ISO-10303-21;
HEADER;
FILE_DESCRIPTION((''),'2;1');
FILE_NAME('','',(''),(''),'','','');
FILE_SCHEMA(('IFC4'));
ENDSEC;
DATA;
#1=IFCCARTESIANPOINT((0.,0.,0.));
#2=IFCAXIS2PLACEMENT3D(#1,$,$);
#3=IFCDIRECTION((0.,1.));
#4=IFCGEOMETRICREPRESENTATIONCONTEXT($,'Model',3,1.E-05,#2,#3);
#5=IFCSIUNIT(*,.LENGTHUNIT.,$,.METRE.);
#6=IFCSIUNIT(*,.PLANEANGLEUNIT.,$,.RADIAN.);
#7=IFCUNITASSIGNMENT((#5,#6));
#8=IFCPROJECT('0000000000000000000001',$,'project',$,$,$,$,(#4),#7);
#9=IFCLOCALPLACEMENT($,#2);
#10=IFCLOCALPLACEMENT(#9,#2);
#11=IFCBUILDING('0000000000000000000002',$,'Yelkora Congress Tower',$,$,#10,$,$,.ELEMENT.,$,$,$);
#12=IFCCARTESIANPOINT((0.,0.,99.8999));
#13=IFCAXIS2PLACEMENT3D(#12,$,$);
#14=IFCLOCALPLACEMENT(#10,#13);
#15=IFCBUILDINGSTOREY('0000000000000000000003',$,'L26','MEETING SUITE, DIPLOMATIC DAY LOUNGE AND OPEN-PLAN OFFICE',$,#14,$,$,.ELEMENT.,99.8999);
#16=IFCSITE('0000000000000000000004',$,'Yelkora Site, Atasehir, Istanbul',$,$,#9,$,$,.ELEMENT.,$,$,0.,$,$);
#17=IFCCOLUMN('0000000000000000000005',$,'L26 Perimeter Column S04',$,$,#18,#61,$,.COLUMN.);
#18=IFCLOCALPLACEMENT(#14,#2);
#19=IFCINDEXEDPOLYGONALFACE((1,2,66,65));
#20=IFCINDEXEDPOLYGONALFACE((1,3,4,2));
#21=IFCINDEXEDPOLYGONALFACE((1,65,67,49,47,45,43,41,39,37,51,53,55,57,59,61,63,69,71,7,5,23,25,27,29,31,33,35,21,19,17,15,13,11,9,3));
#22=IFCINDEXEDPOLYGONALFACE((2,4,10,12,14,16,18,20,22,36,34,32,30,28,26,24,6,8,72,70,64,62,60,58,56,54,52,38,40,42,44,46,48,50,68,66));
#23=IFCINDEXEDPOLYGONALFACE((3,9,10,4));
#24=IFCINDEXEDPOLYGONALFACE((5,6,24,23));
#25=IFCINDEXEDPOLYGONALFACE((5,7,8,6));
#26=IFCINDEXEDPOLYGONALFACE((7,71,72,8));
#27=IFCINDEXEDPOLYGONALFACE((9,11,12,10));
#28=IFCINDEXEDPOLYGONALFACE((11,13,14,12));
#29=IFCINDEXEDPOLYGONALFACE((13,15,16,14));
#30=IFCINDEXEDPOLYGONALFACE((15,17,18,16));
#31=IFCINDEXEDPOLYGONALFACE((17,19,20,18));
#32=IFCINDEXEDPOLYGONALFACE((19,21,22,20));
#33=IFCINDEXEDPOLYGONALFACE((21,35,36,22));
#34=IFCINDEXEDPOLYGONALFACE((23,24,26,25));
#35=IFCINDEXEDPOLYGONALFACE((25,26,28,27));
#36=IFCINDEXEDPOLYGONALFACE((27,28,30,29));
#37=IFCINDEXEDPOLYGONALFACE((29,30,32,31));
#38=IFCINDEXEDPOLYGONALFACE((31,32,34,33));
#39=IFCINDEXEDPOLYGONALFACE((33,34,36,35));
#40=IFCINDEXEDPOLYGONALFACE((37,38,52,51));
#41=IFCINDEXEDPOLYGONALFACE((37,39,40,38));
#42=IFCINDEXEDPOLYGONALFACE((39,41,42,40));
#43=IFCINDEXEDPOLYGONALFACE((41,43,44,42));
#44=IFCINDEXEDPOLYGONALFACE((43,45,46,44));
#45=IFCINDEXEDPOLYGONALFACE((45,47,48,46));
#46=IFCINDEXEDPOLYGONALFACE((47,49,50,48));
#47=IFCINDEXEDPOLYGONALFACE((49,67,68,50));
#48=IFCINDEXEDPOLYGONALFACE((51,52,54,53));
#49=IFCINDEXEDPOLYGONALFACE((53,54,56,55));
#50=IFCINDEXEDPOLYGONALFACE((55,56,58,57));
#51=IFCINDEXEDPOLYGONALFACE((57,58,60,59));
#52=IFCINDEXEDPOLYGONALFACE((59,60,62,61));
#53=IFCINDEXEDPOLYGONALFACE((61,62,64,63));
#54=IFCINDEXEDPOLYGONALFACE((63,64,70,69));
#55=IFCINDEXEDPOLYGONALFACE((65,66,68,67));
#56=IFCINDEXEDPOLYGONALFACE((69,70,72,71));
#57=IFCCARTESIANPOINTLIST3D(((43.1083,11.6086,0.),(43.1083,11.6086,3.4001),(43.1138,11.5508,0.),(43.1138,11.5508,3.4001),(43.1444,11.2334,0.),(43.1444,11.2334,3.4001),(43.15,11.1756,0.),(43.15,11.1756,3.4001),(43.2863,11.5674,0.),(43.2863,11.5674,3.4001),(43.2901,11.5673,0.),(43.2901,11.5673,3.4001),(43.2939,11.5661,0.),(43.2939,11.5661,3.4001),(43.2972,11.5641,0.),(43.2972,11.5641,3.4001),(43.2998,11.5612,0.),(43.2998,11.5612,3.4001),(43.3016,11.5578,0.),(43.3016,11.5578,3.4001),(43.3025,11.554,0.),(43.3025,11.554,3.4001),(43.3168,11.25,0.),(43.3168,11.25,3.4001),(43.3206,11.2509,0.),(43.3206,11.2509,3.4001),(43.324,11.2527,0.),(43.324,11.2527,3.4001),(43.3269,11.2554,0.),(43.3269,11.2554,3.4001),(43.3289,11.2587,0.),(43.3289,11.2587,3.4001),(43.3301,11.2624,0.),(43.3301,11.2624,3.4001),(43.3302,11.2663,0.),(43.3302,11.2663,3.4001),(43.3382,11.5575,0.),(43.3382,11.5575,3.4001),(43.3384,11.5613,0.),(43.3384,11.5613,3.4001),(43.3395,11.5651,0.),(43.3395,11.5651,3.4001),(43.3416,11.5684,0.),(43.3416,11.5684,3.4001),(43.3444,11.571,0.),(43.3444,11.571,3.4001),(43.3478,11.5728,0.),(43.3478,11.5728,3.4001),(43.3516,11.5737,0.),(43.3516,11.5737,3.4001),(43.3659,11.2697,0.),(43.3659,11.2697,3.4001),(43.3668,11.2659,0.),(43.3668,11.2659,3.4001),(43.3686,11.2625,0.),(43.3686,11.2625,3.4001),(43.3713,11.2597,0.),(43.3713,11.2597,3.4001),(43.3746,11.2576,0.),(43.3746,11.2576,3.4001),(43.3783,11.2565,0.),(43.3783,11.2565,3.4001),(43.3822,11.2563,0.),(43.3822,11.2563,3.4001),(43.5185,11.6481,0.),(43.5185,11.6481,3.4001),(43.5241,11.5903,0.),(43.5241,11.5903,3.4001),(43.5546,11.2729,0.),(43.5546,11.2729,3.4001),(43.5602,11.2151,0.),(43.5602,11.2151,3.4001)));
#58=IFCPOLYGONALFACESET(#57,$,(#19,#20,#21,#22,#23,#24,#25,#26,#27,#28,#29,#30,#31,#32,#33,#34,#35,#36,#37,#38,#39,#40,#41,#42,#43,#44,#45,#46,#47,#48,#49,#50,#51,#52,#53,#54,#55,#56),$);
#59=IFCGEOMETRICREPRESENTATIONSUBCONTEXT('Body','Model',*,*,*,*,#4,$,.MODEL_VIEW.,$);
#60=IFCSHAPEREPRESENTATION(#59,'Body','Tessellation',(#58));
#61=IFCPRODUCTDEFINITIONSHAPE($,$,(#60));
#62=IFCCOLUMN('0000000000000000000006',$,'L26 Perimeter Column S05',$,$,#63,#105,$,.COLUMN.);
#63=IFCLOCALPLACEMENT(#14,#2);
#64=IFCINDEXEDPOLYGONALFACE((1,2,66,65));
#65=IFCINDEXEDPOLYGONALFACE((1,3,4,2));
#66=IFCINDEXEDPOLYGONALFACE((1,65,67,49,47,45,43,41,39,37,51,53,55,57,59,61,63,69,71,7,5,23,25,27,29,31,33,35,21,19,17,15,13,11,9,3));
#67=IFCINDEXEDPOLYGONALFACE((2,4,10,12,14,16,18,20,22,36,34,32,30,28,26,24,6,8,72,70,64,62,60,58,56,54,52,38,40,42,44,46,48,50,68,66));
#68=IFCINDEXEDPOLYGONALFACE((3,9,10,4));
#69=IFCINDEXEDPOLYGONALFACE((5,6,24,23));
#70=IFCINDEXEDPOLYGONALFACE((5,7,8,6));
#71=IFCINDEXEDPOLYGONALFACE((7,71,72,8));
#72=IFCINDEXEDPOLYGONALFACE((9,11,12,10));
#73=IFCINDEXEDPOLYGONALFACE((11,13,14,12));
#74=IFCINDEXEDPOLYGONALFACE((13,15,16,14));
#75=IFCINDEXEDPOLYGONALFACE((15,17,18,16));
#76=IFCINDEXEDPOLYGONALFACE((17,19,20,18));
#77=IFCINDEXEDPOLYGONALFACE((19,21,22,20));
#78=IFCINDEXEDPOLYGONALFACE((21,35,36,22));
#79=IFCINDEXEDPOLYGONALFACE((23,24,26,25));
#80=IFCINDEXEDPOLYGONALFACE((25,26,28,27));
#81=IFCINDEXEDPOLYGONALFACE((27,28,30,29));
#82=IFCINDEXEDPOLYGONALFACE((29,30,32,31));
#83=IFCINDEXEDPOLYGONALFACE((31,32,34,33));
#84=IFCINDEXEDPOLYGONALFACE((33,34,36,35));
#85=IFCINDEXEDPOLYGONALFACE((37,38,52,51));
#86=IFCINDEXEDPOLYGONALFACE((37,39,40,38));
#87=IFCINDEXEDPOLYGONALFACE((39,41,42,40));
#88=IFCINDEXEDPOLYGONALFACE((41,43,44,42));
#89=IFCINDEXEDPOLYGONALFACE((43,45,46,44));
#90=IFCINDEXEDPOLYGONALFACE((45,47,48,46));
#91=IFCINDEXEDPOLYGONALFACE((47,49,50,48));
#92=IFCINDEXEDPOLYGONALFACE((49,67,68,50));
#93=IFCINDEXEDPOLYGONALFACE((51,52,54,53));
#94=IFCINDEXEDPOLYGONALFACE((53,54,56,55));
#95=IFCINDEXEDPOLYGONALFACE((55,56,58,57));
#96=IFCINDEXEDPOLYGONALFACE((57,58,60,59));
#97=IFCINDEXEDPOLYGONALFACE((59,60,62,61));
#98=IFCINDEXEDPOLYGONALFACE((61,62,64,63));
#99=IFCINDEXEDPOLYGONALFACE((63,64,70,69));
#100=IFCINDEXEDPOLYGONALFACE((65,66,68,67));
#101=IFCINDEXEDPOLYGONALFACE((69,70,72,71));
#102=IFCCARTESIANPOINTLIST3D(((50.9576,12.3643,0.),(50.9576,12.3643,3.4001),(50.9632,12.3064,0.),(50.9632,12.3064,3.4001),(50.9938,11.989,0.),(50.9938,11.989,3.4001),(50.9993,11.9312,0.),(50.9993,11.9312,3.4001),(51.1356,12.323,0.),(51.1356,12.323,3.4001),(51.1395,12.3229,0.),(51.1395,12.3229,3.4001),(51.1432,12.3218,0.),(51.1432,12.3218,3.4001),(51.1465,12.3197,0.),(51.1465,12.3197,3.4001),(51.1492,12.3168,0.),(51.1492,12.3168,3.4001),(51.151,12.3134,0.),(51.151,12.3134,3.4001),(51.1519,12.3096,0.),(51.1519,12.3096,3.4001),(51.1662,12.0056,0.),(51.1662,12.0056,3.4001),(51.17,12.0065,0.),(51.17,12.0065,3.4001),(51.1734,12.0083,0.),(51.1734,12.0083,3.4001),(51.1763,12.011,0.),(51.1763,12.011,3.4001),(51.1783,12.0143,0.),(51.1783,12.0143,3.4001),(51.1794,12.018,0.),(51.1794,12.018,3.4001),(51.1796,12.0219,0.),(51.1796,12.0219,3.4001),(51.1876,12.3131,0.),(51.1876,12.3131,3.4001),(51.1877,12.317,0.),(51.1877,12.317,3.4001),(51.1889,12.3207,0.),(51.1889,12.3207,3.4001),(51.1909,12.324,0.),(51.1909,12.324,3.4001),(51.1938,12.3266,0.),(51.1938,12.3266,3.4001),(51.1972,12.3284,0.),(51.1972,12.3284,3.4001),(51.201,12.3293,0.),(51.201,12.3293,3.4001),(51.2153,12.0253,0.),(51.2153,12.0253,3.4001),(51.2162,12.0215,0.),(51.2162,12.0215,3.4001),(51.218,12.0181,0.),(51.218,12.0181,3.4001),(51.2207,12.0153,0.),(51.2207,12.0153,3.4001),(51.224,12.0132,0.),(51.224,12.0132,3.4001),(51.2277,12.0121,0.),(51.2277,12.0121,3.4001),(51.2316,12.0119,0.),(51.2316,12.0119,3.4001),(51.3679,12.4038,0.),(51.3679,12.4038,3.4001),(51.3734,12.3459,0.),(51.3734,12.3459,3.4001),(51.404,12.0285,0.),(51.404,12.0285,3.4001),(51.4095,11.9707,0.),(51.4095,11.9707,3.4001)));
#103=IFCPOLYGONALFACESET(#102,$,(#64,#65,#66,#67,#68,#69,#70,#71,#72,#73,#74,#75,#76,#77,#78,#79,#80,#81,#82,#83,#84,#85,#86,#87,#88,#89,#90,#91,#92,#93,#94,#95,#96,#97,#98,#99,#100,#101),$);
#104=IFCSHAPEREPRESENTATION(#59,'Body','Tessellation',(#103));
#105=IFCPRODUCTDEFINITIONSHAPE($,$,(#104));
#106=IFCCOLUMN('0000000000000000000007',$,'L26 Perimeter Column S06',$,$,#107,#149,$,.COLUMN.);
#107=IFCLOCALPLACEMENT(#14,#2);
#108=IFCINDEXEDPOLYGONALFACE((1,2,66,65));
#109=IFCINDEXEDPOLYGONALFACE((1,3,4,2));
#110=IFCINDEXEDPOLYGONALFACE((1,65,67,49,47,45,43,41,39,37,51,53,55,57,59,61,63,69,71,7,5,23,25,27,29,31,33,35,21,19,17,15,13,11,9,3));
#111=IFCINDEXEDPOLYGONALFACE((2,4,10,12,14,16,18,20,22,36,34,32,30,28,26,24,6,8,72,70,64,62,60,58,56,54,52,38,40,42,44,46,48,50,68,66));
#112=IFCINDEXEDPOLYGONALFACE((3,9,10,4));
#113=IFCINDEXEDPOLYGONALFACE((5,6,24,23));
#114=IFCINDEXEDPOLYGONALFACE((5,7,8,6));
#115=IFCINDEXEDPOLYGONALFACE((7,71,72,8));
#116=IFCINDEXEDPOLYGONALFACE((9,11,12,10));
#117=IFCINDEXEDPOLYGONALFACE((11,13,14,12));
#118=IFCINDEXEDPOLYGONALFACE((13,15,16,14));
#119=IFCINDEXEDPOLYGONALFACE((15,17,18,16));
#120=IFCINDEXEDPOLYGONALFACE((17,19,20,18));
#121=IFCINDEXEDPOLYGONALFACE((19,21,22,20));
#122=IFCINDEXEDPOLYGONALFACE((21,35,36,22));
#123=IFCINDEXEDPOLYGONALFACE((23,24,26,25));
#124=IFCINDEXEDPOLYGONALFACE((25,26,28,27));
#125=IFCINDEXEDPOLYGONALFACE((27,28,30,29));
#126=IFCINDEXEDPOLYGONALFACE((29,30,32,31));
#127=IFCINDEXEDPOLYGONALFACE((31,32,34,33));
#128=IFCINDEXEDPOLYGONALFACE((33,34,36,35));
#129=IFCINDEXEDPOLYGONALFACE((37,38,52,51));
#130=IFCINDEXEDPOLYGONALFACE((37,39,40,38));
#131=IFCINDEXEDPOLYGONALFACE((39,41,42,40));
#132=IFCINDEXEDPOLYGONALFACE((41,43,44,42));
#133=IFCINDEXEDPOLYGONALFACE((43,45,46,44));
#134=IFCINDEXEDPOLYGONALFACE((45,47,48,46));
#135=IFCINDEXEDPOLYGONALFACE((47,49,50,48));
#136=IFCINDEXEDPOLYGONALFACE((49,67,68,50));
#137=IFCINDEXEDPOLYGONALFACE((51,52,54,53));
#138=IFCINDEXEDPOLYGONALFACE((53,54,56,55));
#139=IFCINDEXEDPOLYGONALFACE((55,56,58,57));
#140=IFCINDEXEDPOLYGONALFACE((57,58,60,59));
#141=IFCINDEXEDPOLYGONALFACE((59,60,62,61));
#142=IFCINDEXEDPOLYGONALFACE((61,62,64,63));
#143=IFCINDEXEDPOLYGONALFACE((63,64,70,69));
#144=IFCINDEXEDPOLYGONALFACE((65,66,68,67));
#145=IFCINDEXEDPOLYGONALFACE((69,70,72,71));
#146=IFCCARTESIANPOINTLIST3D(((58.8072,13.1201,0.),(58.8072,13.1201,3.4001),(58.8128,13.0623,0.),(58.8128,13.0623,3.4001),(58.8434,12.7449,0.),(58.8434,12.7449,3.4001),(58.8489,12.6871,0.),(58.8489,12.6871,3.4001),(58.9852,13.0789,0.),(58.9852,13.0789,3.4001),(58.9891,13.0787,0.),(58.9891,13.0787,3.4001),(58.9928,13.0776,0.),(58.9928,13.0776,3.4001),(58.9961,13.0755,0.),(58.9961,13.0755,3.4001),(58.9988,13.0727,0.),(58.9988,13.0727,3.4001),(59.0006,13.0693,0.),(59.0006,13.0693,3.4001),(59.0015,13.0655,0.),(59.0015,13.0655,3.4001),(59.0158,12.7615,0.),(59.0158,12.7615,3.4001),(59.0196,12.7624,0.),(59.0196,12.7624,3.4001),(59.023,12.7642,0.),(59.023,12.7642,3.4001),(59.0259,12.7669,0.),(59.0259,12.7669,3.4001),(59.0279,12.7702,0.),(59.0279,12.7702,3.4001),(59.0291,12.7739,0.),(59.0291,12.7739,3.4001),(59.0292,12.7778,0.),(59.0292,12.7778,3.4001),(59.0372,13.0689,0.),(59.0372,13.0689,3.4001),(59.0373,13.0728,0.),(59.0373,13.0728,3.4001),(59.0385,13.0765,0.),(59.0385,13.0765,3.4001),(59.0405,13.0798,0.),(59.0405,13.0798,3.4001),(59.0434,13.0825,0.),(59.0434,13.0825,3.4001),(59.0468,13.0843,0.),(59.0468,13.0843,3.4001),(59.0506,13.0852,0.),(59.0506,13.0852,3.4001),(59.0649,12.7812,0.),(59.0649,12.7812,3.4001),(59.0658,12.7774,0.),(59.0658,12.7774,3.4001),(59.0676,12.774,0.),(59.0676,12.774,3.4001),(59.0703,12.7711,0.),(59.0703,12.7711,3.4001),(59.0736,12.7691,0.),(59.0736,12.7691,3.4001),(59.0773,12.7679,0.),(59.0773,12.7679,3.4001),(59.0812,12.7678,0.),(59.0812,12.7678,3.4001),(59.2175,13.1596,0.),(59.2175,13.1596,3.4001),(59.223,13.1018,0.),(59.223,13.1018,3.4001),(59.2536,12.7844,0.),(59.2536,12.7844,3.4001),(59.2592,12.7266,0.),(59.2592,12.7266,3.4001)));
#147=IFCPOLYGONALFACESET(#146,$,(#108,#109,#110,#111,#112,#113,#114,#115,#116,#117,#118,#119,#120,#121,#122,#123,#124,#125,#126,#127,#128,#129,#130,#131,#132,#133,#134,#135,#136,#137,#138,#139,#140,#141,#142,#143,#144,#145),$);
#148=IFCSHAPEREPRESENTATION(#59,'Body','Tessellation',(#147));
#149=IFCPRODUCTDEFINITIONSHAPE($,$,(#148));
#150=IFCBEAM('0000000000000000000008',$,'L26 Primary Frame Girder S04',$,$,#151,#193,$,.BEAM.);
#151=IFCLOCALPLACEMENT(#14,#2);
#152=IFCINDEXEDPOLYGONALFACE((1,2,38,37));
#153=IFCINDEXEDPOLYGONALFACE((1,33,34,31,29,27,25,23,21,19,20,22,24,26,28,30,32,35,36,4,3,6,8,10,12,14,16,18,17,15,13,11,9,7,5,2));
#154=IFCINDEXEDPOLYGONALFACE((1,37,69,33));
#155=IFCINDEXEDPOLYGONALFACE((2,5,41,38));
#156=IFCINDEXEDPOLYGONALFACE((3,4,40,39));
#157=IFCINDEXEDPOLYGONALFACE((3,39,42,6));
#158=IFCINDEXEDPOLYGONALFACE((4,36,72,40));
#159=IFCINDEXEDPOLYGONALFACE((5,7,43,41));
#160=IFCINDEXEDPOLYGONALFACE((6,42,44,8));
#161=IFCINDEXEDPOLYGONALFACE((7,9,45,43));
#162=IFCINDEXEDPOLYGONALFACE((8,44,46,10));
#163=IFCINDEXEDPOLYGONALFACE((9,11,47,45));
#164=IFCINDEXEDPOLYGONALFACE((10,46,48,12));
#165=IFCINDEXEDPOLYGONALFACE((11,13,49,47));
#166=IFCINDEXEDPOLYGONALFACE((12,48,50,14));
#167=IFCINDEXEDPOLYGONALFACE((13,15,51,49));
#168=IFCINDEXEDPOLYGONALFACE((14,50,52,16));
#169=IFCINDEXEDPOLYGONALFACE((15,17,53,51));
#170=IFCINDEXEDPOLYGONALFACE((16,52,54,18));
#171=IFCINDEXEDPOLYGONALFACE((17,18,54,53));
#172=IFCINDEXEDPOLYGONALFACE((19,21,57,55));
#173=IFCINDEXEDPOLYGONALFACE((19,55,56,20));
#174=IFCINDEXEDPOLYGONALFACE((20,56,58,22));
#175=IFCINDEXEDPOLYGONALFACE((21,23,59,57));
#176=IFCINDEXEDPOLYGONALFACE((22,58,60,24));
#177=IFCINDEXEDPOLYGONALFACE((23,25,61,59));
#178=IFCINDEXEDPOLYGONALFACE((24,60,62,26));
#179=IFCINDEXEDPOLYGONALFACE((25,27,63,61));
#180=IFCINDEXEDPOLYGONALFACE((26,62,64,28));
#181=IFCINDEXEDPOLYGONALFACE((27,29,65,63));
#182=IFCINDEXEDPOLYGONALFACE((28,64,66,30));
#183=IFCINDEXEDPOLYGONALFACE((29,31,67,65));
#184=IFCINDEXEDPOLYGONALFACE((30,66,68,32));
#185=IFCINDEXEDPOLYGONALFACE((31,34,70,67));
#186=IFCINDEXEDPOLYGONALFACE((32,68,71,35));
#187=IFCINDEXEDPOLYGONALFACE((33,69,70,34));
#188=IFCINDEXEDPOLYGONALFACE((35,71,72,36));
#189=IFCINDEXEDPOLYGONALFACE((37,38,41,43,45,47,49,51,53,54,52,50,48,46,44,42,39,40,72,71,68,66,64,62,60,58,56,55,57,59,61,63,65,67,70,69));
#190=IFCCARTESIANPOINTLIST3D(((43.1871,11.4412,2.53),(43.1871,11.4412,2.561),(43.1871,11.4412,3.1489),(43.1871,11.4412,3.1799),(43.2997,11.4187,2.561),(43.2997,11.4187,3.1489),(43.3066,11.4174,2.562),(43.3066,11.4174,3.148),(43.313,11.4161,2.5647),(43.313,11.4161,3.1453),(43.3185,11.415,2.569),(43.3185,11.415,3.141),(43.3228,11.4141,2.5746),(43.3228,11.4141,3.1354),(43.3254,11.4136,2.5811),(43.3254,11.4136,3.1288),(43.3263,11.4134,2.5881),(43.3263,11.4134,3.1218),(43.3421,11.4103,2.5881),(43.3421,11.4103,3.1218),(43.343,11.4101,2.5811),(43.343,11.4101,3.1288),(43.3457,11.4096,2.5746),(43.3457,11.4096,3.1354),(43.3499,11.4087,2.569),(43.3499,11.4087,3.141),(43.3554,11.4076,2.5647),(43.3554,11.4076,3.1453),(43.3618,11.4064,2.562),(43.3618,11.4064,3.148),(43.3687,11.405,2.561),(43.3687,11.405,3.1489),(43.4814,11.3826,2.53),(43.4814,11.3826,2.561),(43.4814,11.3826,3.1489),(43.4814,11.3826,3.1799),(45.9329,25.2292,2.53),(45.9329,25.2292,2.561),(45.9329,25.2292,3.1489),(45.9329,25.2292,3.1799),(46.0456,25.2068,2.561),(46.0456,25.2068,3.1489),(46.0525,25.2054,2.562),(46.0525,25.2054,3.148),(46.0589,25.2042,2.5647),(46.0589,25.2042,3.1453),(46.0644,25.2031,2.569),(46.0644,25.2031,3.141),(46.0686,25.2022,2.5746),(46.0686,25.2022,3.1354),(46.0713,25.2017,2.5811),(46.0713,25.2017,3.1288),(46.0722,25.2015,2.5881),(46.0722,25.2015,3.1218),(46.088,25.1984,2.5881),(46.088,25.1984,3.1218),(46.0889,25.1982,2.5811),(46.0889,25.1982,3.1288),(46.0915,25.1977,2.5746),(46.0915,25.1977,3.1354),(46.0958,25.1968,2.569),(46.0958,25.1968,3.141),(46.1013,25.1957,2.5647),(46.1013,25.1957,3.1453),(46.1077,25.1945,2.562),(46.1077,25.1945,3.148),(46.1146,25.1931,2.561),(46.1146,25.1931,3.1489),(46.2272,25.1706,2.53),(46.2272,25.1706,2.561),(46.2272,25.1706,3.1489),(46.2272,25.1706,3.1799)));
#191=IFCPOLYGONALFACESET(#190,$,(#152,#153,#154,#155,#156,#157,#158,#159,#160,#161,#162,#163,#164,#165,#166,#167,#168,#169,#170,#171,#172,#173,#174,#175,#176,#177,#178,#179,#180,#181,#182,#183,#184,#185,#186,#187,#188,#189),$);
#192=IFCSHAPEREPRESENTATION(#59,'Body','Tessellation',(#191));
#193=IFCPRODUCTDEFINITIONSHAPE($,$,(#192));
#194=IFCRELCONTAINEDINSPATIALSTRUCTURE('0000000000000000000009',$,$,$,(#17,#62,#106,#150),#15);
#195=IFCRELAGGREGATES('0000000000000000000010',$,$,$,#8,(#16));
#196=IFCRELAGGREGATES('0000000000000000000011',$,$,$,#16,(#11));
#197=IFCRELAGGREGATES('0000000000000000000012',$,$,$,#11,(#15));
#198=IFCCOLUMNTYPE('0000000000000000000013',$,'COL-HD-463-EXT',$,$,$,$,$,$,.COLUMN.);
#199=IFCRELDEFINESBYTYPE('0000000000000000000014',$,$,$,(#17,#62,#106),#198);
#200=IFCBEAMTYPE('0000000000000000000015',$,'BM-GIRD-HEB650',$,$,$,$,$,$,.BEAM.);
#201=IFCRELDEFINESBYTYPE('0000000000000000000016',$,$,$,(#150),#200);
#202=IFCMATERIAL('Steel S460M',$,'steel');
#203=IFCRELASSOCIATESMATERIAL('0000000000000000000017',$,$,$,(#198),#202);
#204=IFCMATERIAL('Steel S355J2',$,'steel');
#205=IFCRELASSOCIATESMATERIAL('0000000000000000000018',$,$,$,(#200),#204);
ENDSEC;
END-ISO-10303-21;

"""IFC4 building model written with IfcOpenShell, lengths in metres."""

from ifc_helpers import new_model, si_unit, direction, frame, origin, origin_2d, place, context, subcontext, project, spatial, i_section, extrude, material, material_profile, profile_set, type_object, element, save


model = new_model("IFC4")

# Units and contexts
model_context = context("Model", 3, precision=1e-05, world=origin(), true_north=direction((0.0, 1.0)))
body_context = subcontext(model_context, "Body", "Model", "MODEL_VIEW")
ifc_project = project(units=[si_unit("LENGTHUNIT", "METRE"), si_unit("PLANEANGLEUNIT", "RADIAN")], contexts=[model_context])

# Site, building, storey
site_placement = place(None, origin())
site = spatial("IfcSite", under=ifc_project, at=site_placement, Name="Yelkora Site, Atasehir, Istanbul", CompositionType="ELEMENT", RefElevation=0.0)
building_placement = place(site_placement, origin())
building = spatial("IfcBuilding", under=site, at=building_placement, Name="Yelkora Congress Tower", CompositionType="ELEMENT")
storey_placement = place(building_placement, frame((0.0, 0.0, 99.8999)))
storey = spatial("IfcBuildingStorey", under=building, at=storey_placement, Name="L26", Description="MEETING SUITE, DIPLOMATIC DAY LOUNGE AND OPEN-PLAN OFFICE", CompositionType="ELEMENT", Elevation=99.8999)

# Columns
ifc_material_1 = material(Name="Steel S460M", Category="steel")
ifc_material_profile_1 = material_profile(ifc_material_1, i_section(OverallWidth=0.4121, OverallDepth=0.4351, WebThickness=0.0359, FlangeThickness=0.0581, FilletRadius=0.0149, at=origin_2d()), Name="HD 400x463")
ifc_profile_set_1 = profile_set([ifc_material_profile_1], Name="Steel S460M")
column_type = type_object("IfcColumnType", Name="COL-HD-463-EXT", PredefinedType="COLUMN", material=ifc_profile_set_1)
for number, where, z_axis, x_axis, name in (
    (1, (43.3342, 11.4119, 0.0), (0.0, 0.0, 1.0), (0.995396, 0.095846, 0.0), "L26 Perimeter Column S04"),
    (2, (51.1836, 12.1675, 0.0), (0.0, 0.0, 1.0), (0.995396, 0.095846, 0.0), "L26 Perimeter Column S05"),
    (3, (59.0332, 12.9233, 0.0), (0.0, 0.0, 1.0), (0.995396, 0.095846, 0.0), "L26 Perimeter Column S06"),
):
    element("IfcColumn", number, at=place(storey_placement, frame(where, z_axis=z_axis, x_axis=x_axis)), inside=storey, type_object=column_type, Name=name, PredefinedType="COLUMN", context=body_context, shape_type="SweptSolid", body=[
        extrude(i_section(OverallWidth=0.4121, OverallDepth=0.4351, WebThickness=0.0359, FlangeThickness=0.0581, FilletRadius=0.0149, at=origin_2d()), origin(), (0.0, 0.0, 1.0), 3.4001),
    ])

# Beam
ifc_material_2 = material(Name="Steel S355J2", Category="steel")
ifc_material_profile_2 = material_profile(ifc_material_2, i_section(OverallWidth=0.3, OverallDepth=0.6499, WebThickness=0.0161, FlangeThickness=0.031, FilletRadius=0.0271, at=origin_2d()), Name="HEB 650")
ifc_profile_set_2 = profile_set([ifc_material_profile_2], Name="Steel S355J2")
beam_type_1 = type_object("IfcBeamType", Name="BM-GIRD-HEB650", PredefinedType="BEAM", material=ifc_profile_set_2)
beam_1_placement = place(storey_placement, frame((43.3342, 11.4119, 2.855), z_axis=(0.195311, 0.980741, 0.0), x_axis=(-0.980741, 0.195311, 0.0)))
element("IfcBeam", 4, at=beam_1_placement, inside=storey, type_object=beam_type_1, Name="L26 Primary Frame Girder S04", PredefinedType="BEAM", context=body_context, shape_type="SweptSolid", body=[
    extrude(i_section(OverallWidth=0.3, OverallDepth=0.6499, WebThickness=0.0161, FlangeThickness=0.031, FilletRadius=0.0271, at=origin_2d()), origin(), (0.0, 0.0, 1.0), 14.0588),
])

save(model, "model.ifc")
